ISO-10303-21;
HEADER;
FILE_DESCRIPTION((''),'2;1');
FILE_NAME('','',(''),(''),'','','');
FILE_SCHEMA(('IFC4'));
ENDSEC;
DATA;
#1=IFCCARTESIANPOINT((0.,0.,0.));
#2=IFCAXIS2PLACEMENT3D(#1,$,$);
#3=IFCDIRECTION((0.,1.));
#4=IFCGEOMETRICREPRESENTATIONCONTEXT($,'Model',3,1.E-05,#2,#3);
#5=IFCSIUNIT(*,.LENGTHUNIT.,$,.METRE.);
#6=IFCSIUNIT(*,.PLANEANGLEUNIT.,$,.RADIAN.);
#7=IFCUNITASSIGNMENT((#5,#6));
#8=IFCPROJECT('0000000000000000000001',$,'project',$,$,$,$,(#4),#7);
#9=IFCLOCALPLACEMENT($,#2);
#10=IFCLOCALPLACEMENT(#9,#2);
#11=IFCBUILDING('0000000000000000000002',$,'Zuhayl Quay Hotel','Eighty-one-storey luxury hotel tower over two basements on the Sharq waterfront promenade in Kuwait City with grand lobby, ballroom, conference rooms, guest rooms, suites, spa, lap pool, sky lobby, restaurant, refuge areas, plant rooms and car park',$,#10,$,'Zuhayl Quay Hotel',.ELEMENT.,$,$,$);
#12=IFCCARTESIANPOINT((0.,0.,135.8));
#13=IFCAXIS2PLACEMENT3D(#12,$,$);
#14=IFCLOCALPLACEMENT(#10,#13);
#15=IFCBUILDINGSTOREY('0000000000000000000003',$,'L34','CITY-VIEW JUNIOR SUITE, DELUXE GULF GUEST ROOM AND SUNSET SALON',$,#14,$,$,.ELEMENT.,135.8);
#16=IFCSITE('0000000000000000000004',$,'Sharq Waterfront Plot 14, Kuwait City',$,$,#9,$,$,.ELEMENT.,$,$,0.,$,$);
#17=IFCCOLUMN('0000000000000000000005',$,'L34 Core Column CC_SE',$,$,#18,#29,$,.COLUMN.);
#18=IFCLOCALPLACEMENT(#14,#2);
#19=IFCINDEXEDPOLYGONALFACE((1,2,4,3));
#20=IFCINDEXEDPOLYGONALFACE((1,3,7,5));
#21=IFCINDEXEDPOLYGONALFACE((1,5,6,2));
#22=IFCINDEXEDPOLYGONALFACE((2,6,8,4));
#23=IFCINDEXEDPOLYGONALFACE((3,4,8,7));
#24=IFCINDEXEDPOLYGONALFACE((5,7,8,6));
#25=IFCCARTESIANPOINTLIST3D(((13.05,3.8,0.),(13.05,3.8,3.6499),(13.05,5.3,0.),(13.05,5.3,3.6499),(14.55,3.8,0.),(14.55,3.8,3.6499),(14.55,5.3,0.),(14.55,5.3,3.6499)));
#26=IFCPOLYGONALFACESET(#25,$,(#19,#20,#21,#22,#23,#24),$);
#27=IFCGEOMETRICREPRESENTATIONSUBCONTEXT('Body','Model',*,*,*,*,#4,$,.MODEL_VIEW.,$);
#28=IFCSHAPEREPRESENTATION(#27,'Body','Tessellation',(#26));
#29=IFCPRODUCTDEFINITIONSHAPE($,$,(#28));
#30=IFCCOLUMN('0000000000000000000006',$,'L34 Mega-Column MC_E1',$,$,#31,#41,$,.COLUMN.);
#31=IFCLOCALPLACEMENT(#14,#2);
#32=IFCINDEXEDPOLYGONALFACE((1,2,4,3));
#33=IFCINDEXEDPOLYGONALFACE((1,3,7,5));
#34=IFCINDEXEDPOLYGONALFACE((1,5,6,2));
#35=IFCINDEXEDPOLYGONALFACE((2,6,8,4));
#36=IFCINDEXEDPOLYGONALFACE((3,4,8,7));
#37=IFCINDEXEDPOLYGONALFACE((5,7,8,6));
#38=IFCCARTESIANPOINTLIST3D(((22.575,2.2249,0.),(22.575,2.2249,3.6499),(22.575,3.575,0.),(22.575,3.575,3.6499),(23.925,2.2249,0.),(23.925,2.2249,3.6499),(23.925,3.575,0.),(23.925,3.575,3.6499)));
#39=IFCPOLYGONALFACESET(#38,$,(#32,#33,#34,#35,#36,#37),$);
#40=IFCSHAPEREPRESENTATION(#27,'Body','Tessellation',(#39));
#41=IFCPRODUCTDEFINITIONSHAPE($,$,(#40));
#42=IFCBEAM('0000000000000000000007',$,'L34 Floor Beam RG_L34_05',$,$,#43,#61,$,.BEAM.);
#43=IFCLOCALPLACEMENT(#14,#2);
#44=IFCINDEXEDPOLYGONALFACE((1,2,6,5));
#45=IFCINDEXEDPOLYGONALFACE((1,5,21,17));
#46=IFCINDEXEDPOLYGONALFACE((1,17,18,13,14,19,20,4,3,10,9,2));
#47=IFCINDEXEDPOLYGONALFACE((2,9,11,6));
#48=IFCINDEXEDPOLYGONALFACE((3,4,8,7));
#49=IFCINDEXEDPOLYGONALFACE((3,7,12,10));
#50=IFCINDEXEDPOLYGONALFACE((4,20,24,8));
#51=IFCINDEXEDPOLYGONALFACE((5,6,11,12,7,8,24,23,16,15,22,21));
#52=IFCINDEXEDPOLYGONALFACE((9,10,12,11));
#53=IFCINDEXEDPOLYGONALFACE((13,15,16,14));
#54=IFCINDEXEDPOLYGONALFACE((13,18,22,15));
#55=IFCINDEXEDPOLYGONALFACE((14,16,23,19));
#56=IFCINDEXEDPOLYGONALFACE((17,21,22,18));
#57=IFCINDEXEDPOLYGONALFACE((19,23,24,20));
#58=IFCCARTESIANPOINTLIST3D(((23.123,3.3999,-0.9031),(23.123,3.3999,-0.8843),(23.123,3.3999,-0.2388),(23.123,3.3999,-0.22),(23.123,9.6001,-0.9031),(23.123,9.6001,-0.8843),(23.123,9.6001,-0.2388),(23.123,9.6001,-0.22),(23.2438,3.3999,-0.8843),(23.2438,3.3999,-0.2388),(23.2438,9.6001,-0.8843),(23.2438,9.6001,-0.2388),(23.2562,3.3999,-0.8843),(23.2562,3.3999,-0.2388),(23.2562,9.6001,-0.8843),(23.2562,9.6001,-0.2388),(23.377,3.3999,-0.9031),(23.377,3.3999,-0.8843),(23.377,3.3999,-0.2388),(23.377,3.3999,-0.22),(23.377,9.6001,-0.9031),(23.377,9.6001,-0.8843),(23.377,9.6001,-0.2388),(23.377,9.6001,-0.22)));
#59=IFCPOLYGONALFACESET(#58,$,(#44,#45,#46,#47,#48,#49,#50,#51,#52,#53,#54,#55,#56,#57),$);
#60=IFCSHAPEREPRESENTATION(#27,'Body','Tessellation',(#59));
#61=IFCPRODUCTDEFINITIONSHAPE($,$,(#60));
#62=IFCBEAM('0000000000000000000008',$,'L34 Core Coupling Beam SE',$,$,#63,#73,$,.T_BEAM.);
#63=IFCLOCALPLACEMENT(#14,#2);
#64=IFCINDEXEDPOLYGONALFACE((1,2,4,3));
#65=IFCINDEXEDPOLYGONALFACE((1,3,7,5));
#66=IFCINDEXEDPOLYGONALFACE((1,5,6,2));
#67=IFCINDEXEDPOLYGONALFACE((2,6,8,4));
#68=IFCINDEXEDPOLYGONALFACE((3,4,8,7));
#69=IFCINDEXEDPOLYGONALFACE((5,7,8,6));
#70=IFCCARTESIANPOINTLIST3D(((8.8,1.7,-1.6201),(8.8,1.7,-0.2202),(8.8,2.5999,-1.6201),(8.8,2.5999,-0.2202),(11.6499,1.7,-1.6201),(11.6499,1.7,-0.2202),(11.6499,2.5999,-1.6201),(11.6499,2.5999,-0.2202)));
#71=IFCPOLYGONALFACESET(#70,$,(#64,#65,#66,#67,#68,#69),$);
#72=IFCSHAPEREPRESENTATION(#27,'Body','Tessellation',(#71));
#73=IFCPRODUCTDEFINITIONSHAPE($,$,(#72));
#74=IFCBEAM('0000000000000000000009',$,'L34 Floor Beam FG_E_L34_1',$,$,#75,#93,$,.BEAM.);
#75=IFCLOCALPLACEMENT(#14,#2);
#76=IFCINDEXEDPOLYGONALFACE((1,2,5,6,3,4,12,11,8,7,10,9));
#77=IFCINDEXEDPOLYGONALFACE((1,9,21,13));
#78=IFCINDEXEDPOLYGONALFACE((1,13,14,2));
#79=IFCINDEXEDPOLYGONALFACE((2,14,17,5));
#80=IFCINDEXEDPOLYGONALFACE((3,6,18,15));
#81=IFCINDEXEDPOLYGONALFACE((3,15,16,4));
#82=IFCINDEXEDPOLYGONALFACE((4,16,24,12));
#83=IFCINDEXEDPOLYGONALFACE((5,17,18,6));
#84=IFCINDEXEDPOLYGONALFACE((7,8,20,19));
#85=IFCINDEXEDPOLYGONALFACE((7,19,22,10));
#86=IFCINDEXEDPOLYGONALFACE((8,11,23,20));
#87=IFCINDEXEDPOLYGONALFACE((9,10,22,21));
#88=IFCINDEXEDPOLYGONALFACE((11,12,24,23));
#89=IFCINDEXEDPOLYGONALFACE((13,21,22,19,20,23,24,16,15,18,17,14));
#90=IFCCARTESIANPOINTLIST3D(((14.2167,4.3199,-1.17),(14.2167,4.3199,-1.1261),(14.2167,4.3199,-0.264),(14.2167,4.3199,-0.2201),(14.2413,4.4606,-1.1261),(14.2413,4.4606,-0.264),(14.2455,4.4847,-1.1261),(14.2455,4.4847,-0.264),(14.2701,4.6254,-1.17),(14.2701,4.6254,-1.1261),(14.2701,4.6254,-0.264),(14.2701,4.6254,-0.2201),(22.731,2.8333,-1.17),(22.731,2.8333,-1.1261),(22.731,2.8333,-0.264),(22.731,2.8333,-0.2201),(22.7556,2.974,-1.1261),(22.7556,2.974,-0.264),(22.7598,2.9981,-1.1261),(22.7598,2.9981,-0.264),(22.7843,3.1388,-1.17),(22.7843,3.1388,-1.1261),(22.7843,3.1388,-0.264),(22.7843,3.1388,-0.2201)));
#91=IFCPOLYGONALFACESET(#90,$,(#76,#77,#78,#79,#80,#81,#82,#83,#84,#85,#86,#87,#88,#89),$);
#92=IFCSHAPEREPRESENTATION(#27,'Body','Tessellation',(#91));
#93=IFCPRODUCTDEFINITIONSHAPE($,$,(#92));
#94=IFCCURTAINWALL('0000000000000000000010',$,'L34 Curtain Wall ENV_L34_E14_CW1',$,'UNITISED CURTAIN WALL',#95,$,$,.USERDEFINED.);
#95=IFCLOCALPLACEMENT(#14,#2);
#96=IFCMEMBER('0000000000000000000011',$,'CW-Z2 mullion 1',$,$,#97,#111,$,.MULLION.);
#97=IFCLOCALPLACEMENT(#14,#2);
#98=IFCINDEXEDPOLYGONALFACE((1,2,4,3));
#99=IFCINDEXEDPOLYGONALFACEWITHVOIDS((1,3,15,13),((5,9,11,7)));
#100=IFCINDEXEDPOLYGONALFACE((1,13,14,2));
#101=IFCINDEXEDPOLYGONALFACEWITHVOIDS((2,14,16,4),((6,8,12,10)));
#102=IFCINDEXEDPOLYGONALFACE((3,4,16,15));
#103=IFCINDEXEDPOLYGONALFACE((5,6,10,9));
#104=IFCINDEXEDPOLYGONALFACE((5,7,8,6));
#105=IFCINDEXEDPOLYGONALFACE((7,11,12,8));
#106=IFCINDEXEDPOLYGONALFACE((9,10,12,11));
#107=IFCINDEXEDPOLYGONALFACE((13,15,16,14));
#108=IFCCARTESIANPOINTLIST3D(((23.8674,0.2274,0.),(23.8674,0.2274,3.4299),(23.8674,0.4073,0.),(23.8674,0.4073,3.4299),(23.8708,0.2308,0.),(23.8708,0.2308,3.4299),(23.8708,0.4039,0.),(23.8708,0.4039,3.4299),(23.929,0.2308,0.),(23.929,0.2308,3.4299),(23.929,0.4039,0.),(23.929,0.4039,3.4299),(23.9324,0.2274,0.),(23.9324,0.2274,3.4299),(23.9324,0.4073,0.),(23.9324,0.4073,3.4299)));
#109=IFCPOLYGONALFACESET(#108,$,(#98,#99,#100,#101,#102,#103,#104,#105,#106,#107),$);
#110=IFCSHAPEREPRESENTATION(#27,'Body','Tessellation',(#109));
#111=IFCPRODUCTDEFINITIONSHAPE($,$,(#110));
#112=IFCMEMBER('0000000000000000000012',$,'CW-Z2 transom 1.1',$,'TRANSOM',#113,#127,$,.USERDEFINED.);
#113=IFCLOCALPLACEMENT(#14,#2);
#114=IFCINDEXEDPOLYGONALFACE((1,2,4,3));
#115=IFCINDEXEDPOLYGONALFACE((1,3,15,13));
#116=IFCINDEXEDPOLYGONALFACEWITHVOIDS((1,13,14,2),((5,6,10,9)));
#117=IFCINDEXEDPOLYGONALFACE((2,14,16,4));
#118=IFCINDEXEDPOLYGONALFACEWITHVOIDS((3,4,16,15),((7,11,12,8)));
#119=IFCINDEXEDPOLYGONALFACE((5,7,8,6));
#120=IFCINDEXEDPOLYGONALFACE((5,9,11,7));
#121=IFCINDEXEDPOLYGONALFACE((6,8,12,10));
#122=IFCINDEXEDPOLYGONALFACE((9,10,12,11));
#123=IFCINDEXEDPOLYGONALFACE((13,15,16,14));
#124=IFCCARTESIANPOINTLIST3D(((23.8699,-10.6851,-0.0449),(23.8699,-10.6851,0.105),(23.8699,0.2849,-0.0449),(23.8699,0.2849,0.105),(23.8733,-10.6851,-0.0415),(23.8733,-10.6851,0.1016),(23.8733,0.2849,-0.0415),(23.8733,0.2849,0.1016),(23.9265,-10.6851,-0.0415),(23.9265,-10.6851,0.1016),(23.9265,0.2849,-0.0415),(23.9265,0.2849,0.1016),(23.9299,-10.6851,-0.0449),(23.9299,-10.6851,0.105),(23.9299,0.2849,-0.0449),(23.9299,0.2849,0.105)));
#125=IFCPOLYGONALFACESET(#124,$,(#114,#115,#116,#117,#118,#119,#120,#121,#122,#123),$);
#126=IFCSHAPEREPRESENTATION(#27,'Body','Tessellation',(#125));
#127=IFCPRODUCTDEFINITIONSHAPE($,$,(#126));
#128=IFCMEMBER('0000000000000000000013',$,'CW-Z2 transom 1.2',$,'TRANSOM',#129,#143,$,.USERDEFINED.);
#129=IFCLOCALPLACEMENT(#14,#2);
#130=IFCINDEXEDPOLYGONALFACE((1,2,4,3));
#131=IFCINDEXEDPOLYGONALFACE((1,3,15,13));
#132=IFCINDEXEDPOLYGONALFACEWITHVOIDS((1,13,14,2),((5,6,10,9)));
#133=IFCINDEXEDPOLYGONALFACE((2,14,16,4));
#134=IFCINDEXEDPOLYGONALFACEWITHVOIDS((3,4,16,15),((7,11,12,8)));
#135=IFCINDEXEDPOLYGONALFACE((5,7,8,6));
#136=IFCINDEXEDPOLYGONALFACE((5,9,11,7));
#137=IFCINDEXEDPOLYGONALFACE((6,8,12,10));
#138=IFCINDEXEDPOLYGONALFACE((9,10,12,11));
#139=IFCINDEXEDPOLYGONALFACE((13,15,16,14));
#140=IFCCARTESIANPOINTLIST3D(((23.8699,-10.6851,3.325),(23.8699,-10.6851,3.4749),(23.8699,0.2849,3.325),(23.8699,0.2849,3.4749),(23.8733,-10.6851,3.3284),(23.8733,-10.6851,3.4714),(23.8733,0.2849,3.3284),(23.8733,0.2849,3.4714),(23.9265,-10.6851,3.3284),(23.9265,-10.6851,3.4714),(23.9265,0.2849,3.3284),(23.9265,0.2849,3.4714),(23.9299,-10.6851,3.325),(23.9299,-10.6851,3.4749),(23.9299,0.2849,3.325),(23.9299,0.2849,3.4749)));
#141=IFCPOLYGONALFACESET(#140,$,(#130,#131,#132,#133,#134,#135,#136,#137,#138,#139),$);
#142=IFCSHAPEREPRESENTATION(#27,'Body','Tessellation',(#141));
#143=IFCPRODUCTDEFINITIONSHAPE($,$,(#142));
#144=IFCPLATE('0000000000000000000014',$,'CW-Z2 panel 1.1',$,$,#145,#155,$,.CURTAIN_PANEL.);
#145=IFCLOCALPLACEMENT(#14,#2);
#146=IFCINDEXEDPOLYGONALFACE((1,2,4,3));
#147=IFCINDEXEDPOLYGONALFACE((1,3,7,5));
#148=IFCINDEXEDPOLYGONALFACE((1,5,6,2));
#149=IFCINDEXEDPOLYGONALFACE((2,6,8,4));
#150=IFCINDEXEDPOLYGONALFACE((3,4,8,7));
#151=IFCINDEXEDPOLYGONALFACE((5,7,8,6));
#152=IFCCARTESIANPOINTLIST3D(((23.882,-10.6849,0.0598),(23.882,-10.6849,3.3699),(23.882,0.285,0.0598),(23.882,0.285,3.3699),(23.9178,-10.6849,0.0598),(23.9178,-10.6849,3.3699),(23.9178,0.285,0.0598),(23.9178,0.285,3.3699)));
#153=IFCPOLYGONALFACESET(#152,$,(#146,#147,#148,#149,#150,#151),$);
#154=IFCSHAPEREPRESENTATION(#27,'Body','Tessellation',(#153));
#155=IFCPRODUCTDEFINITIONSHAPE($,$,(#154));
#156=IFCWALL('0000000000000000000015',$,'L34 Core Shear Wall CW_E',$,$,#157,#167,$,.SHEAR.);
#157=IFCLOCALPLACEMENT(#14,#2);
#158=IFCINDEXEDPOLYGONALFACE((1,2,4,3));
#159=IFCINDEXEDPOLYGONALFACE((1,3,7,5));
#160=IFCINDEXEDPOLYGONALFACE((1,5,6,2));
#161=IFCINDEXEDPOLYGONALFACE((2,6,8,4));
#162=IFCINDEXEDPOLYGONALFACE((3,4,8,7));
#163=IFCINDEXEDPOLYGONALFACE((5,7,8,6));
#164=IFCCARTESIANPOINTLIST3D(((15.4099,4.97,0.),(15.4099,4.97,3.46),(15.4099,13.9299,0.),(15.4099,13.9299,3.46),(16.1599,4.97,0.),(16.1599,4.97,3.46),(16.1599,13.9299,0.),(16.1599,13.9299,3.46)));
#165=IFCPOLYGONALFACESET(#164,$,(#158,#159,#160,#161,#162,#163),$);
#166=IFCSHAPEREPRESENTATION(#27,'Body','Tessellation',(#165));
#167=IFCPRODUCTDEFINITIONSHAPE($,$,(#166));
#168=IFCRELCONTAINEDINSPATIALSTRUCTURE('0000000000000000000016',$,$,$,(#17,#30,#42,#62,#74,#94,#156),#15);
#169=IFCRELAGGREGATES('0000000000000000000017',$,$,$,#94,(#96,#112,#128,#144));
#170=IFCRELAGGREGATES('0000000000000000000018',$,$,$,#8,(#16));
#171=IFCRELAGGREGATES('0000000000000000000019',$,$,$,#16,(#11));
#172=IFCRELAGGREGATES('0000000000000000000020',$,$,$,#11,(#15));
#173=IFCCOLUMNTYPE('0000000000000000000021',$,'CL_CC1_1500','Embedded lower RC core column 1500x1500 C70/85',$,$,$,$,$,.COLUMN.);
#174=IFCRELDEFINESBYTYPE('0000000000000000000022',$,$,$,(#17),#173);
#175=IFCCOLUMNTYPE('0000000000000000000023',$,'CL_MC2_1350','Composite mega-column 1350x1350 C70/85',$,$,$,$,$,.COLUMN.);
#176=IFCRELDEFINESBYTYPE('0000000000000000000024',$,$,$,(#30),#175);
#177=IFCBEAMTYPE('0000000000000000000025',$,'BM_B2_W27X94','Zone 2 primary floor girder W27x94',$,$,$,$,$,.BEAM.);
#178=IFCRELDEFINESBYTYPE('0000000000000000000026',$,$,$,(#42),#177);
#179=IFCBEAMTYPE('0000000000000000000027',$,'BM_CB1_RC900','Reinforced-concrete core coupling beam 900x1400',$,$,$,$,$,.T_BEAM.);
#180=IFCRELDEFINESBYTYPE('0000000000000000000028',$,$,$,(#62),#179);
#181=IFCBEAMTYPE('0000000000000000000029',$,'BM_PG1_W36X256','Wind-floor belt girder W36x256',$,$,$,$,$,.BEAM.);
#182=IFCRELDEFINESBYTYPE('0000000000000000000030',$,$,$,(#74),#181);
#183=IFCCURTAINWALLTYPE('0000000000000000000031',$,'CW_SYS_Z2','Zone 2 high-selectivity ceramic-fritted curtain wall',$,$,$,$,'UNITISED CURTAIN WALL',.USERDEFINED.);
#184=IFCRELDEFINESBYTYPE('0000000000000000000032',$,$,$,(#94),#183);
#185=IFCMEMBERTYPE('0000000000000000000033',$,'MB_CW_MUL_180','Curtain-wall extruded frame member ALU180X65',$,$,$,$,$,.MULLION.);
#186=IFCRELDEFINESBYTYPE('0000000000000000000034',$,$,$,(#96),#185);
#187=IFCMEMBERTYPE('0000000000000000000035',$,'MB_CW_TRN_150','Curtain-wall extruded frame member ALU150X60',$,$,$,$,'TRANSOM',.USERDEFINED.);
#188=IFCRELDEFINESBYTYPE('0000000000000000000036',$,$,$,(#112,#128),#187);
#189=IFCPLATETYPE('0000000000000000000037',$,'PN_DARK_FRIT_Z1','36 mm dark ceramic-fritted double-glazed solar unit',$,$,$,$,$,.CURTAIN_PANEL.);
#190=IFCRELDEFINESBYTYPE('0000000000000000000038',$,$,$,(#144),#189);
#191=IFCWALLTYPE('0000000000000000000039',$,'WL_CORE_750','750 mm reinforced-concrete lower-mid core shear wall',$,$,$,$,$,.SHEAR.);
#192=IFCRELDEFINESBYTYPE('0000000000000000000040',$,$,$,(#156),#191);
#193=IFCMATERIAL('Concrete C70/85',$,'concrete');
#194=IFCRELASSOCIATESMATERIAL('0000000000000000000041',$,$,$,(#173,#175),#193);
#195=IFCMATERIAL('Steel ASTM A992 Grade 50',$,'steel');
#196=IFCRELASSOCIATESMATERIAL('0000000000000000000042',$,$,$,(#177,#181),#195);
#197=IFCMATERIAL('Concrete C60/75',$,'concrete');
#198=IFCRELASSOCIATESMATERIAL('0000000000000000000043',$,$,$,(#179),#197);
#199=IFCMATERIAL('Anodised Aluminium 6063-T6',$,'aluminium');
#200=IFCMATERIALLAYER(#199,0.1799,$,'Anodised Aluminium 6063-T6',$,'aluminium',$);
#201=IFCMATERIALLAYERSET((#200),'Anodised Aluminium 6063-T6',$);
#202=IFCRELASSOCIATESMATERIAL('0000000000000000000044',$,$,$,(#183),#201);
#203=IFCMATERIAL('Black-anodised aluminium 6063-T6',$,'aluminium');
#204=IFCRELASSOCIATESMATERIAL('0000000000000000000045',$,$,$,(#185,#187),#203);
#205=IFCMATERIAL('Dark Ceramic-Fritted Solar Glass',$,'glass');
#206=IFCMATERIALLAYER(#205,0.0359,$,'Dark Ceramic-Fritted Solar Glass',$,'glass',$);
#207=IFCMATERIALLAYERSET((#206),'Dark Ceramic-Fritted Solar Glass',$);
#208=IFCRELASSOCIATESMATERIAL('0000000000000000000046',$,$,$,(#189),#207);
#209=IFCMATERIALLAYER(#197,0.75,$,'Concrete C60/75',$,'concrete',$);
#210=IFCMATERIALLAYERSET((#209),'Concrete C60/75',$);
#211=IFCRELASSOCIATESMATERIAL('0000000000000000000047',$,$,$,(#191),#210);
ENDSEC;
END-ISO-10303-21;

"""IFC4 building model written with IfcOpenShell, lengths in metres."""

from ifc_helpers import new_model, si_unit, direction, frame, frame_2d, origin, origin_2d, place, context, subcontext, project, spatial, rectangle, hollow_rectangle, i_section, extrude, material, layer, layer_set, material_profile, profile_set, type_object, element, aggregate, save


model = new_model("IFC4")

# Units and contexts
model_context = context("Model", 3, precision=1e-05, world=origin(), true_north=direction((0.0, 1.0)))
body_context = subcontext(model_context, "Body", "Model", "MODEL_VIEW")
ifc_project = project(units=[si_unit("LENGTHUNIT", "METRE"), si_unit("PLANEANGLEUNIT", "RADIAN")], contexts=[model_context])

# Site, building, storey
site_placement = place(None, origin())
site = spatial("IfcSite", under=ifc_project, at=site_placement, Name="Sharq Waterfront Plot 14, Kuwait City", CompositionType="ELEMENT", RefElevation=0.0)
building_placement = place(site_placement, origin())
building = spatial("IfcBuilding", under=site, at=building_placement, Name="Zuhayl Quay Hotel", Description="Eighty-one-storey luxury hotel tower over two basements on the Sharq waterfront promenade in Kuwait City with grand lobby, ballroom, conference rooms, guest rooms, suites, spa, lap pool, sky lobby, restaurant, refuge areas, plant rooms and car park", LongName="Zuhayl Quay Hotel", CompositionType="ELEMENT")
storey_placement = place(building_placement, frame((0.0, 0.0, 135.8)))
storey = spatial("IfcBuildingStorey", under=building, at=storey_placement, Name="L34", Description="CITY-VIEW JUNIOR SUITE, DELUXE GULF GUEST ROOM AND SUNSET SALON", CompositionType="ELEMENT", Elevation=135.8)

# Columns
ifc_material_1 = material(Name="Concrete C70/85", Category="concrete")
ifc_material_profile_1 = material_profile(ifc_material_1, rectangle(XDim=1.5, YDim=1.5, at=origin_2d()), Name="RC1500X1500")
ifc_profile_set_1 = profile_set([ifc_material_profile_1], Name="Concrete C70/85")
column_type_1 = type_object("IfcColumnType", Name="CL_CC1_1500", Description="Embedded lower RC core column 1500x1500 C70/85", PredefinedType="COLUMN", material=ifc_profile_set_1)
column_1_placement = place(storey_placement, frame((13.8, 4.55, 0.0), z_axis=(0.0, 0.0, 1.0), x_axis=(1.0, 0.0, 0.0)))
element("IfcColumn", 1, at=column_1_placement, inside=storey, type_object=column_type_1, Name="L34 Core Column CC_SE", PredefinedType="COLUMN", context=body_context, shape_type="SweptSolid", body=[
    extrude(rectangle(XDim=1.5, YDim=1.5, at=origin_2d()), origin(), (0.0, 0.0, 1.0), 3.6499),
])
ifc_material_profile_2 = material_profile(ifc_material_1, rectangle(XDim=1.3501, YDim=1.3501, at=origin_2d()), Name="RC1350X1350")
ifc_profile_set_2 = profile_set([ifc_material_profile_2], Name="Concrete C70/85")
column_type_2 = type_object("IfcColumnType", Name="CL_MC2_1350", Description="Composite mega-column 1350x1350 C70/85", PredefinedType="COLUMN", material=ifc_profile_set_2)
column_2_placement = place(storey_placement, frame((23.25, 2.8999, 0.0), z_axis=(0.0, 0.0, 1.0), x_axis=(1.0, 0.0, 0.0)))
element("IfcColumn", 2, at=column_2_placement, inside=storey, type_object=column_type_2, Name="L34 Mega-Column MC_E1", PredefinedType="COLUMN", context=body_context, shape_type="SweptSolid", body=[
    extrude(rectangle(XDim=1.3501, YDim=1.3501, at=origin_2d()), origin(), (0.0, 0.0, 1.0), 3.6499),
])

# Beams
ifc_material_2 = material(Name="Steel ASTM A992 Grade 50", Category="steel")
ifc_material_profile_3 = material_profile(ifc_material_2, i_section(OverallWidth=0.2539, OverallDepth=0.6831, WebThickness=0.0125, FlangeThickness=0.0188, at=origin_2d()), Name="W27X94")
ifc_profile_set_3 = profile_set([ifc_material_profile_3], Name="Steel ASTM A992 Grade 50")
beam_type_1 = type_object("IfcBeamType", Name="BM_B2_W27X94", Description="Zone 2 primary floor girder W27x94", PredefinedType="BEAM", material=ifc_profile_set_3)
beam_1_placement = place(storey_placement, frame((23.25, 3.3999, -0.5615), z_axis=(0.0, 1.0, 0.0), x_axis=(-1.0, 0.0, 0.0)))
element("IfcBeam", 3, at=beam_1_placement, inside=storey, type_object=beam_type_1, Name="L34 Floor Beam RG_L34_05", PredefinedType="BEAM", context=body_context, shape_type="SweptSolid", body=[
    extrude(i_section(OverallWidth=0.2539, OverallDepth=0.6831, WebThickness=0.0125, FlangeThickness=0.0188, at=origin_2d()), origin(), (0.0, 0.0, 1.0), 6.2002),
])
ifc_material_3 = material(Name="Concrete C60/75", Category="concrete")
ifc_material_profile_4 = material_profile(ifc_material_3, rectangle(XDim=0.8999, YDim=1.3999, at=origin_2d()), Name="RC900X1400")
ifc_profile_set_4 = profile_set([ifc_material_profile_4], Name="Concrete C60/75")
beam_type_2 = type_object("IfcBeamType", Name="BM_CB1_RC900", Description="Reinforced-concrete core coupling beam 900x1400", PredefinedType="T_BEAM", material=ifc_profile_set_4)
beam_2_placement = place(storey_placement, frame((8.8, 2.1499, -0.9202), z_axis=(1.0, 0.0, 0.0), x_axis=(0.0, 1.0, 0.0)))
element("IfcBeam", 4, at=beam_2_placement, inside=storey, type_object=beam_type_2, Name="L34 Core Coupling Beam SE", PredefinedType="T_BEAM", context=body_context, shape_type="SweptSolid", body=[
    extrude(rectangle(XDim=0.8999, YDim=1.3999, at=origin_2d()), origin(), (0.0, 0.0, 1.0), 2.8499),
])
ifc_material_profile_5 = material_profile(ifc_material_2, i_section(OverallWidth=0.3101, OverallDepth=0.95, WebThickness=0.0244, FlangeThickness=0.0439, at=origin_2d()), Name="W36X256")
ifc_profile_set_5 = profile_set([ifc_material_profile_5], Name="Steel ASTM A992 Grade 50")
beam_type_3 = type_object("IfcBeamType", Name="BM_PG1_W36X256", Description="Wind-floor belt girder W36x256", PredefinedType="BEAM", material=ifc_profile_set_5)
beam_3_placement = place(storey_placement, frame((14.2434, 4.4727, -0.6951), z_axis=(0.985097, -0.171998, 0.0), x_axis=(0.171998, 0.985097, 0.0)))
element("IfcBeam", 5, at=beam_3_placement, inside=storey, type_object=beam_type_3, Name="L34 Floor Beam FG_E_L34_1", PredefinedType="BEAM", context=body_context, shape_type="SweptSolid", body=[
    extrude(i_section(OverallWidth=0.3101, OverallDepth=0.95, WebThickness=0.0244, FlangeThickness=0.0439, at=origin_2d()), origin(), (0.0, 0.0, 1.0), 8.6431),
])

# Curtain wall, members, plate
ifc_material_4 = material(Name="Anodised Aluminium 6063-T6", Category="aluminium")
ifc_layer_1 = layer(ifc_material_4, 0.1799, Name="Anodised Aluminium 6063-T6", Category="aluminium")
ifc_layer_set_1 = layer_set([ifc_layer_1], Name="Anodised Aluminium 6063-T6")
curtain_wall_type = type_object("IfcCurtainWallType", Name="CW_SYS_Z2", Description="Zone 2 high-selectivity ceramic-fritted curtain wall", ElementType="UNITISED CURTAIN WALL", PredefinedType="USERDEFINED", material=ifc_layer_set_1)
curtain_wall_placement = place(storey_placement, origin())
curtain_wall = element("IfcCurtainWall", 6, at=curtain_wall_placement, inside=storey, type_object=curtain_wall_type, Name="L34 Curtain Wall ENV_L34_E14_CW1", ObjectType="UNITISED CURTAIN WALL", PredefinedType="USERDEFINED")
ifc_material_5 = material(Name="Black-anodised aluminium 6063-T6", Category="aluminium")
ifc_material_profile_6 = material_profile(ifc_material_5, hollow_rectangle(XDim=0.0649, YDim=0.1799, WallThickness=0.0034, at=origin_2d()), Name="ALU180X65")
ifc_profile_set_6 = profile_set([ifc_material_profile_6], Name="Black-anodised aluminium 6063-T6")
member_type_1 = type_object("IfcMemberType", Name="MB_CW_MUL_180", Description="Curtain-wall extruded frame member ALU180X65", PredefinedType="MULLION", material=ifc_profile_set_6)
member_1_placement = place(storey_placement, frame((23.8999, 0.3174, 0.0), z_axis=(0.0, 0.0, 1.0), x_axis=(1.0, 0.0, 0.0)))
member_1 = element("IfcMember", 7, at=member_1_placement, type_object=member_type_1, Name="CW-Z2 mullion 1", PredefinedType="MULLION", context=body_context, shape_type="SweptSolid", body=[
    extrude(hollow_rectangle(XDim=0.0649, YDim=0.1799, WallThickness=0.0034, at=origin_2d()), origin(), (0.0, 0.0, 1.0), 3.4299),
])
ifc_material_profile_7 = material_profile(ifc_material_5, hollow_rectangle(XDim=0.0601, YDim=0.1499, WallThickness=0.0034, at=origin_2d()), Name="ALU150X60")
ifc_profile_set_7 = profile_set([ifc_material_profile_7], Name="Black-anodised aluminium 6063-T6")
member_type_2 = type_object("IfcMemberType", Name="MB_CW_TRN_150", Description="Curtain-wall extruded frame member ALU150X60", ElementType="TRANSOM", PredefinedType="USERDEFINED", material=ifc_profile_set_7)
member_2_placement = place(storey_placement, frame((23.8999, 0.2849, 0.03), z_axis=(0.0, -1.0, 0.0), x_axis=(1.0, 0.0, 0.0)))
member_2 = element("IfcMember", 8, at=member_2_placement, type_object=member_type_2, Name="CW-Z2 transom 1.1", ObjectType="TRANSOM", PredefinedType="USERDEFINED", context=body_context, shape_type="SweptSolid", body=[
    extrude(hollow_rectangle(XDim=0.0601, YDim=0.1499, WallThickness=0.0034, at=origin_2d()), origin(), (0.0, 0.0, 1.0), 10.97),
])
member_3_placement = place(storey_placement, frame((23.8999, 0.2849, 3.3999), z_axis=(0.0, -1.0, 0.0), x_axis=(1.0, 0.0, 0.0)))
member_3 = element("IfcMember", 9, at=member_3_placement, type_object=member_type_2, Name="CW-Z2 transom 1.2", ObjectType="TRANSOM", PredefinedType="USERDEFINED", context=body_context, shape_type="SweptSolid", body=[
    extrude(hollow_rectangle(XDim=0.0601, YDim=0.1499, WallThickness=0.0034, at=origin_2d()), origin(), (0.0, 0.0, 1.0), 10.97),
])
ifc_material_6 = material(Name="Dark Ceramic-Fritted Solar Glass", Category="glass")
ifc_layer_2 = layer(ifc_material_6, 0.0359, Name="Dark Ceramic-Fritted Solar Glass", Category="glass")
ifc_layer_set_2 = layer_set([ifc_layer_2], Name="Dark Ceramic-Fritted Solar Glass")
plate_type = type_object("IfcPlateType", Name="PN_DARK_FRIT_Z1", Description="36 mm dark ceramic-fritted double-glazed solar unit", PredefinedType="CURTAIN_PANEL", material=ifc_layer_set_2)
plate_placement = place(storey_placement, frame((23.8999, -5.2, 0.0598), z_axis=(0.0, 0.0, 1.0), x_axis=(0.0, -1.0, 0.0)))
plate = element("IfcPlate", 10, at=plate_placement, type_object=plate_type, Name="CW-Z2 panel 1.1", PredefinedType="CURTAIN_PANEL", context=body_context, shape_type="SweptSolid", body=[
    extrude(rectangle(XDim=10.97, YDim=0.0359, at=origin_2d()), origin(), (0.0, 0.0, 1.0), 3.3101),
])
aggregate(curtain_wall, [member_1, member_2, member_3, plate])

# Wall
ifc_layer_3 = layer(ifc_material_3, 0.75, Name="Concrete C60/75", Category="concrete")
ifc_layer_set_3 = layer_set([ifc_layer_3], Name="Concrete C60/75")
wall_type_1 = type_object("IfcWallType", Name="WL_CORE_750", Description="750 mm reinforced-concrete lower-mid core shear wall", PredefinedType="SHEAR", material=ifc_layer_set_3)
wall_1_placement = place(storey_placement, frame((15.7849, 4.97, 0.0), z_axis=(0.0, 0.0, 1.0), x_axis=(0.0, 1.0, 0.0)))
element("IfcWall", 11, at=wall_1_placement, inside=storey, type_object=wall_type_1, Name="L34 Core Shear Wall CW_E", PredefinedType="SHEAR", context=body_context, shape_type="SweptSolid", body=[
    extrude(rectangle(XDim=8.96, YDim=0.75, at=frame_2d((4.48, 0.0))), origin(), (0.0, 0.0, 1.0), 3.46),
])

save(model, "model.ifc")
